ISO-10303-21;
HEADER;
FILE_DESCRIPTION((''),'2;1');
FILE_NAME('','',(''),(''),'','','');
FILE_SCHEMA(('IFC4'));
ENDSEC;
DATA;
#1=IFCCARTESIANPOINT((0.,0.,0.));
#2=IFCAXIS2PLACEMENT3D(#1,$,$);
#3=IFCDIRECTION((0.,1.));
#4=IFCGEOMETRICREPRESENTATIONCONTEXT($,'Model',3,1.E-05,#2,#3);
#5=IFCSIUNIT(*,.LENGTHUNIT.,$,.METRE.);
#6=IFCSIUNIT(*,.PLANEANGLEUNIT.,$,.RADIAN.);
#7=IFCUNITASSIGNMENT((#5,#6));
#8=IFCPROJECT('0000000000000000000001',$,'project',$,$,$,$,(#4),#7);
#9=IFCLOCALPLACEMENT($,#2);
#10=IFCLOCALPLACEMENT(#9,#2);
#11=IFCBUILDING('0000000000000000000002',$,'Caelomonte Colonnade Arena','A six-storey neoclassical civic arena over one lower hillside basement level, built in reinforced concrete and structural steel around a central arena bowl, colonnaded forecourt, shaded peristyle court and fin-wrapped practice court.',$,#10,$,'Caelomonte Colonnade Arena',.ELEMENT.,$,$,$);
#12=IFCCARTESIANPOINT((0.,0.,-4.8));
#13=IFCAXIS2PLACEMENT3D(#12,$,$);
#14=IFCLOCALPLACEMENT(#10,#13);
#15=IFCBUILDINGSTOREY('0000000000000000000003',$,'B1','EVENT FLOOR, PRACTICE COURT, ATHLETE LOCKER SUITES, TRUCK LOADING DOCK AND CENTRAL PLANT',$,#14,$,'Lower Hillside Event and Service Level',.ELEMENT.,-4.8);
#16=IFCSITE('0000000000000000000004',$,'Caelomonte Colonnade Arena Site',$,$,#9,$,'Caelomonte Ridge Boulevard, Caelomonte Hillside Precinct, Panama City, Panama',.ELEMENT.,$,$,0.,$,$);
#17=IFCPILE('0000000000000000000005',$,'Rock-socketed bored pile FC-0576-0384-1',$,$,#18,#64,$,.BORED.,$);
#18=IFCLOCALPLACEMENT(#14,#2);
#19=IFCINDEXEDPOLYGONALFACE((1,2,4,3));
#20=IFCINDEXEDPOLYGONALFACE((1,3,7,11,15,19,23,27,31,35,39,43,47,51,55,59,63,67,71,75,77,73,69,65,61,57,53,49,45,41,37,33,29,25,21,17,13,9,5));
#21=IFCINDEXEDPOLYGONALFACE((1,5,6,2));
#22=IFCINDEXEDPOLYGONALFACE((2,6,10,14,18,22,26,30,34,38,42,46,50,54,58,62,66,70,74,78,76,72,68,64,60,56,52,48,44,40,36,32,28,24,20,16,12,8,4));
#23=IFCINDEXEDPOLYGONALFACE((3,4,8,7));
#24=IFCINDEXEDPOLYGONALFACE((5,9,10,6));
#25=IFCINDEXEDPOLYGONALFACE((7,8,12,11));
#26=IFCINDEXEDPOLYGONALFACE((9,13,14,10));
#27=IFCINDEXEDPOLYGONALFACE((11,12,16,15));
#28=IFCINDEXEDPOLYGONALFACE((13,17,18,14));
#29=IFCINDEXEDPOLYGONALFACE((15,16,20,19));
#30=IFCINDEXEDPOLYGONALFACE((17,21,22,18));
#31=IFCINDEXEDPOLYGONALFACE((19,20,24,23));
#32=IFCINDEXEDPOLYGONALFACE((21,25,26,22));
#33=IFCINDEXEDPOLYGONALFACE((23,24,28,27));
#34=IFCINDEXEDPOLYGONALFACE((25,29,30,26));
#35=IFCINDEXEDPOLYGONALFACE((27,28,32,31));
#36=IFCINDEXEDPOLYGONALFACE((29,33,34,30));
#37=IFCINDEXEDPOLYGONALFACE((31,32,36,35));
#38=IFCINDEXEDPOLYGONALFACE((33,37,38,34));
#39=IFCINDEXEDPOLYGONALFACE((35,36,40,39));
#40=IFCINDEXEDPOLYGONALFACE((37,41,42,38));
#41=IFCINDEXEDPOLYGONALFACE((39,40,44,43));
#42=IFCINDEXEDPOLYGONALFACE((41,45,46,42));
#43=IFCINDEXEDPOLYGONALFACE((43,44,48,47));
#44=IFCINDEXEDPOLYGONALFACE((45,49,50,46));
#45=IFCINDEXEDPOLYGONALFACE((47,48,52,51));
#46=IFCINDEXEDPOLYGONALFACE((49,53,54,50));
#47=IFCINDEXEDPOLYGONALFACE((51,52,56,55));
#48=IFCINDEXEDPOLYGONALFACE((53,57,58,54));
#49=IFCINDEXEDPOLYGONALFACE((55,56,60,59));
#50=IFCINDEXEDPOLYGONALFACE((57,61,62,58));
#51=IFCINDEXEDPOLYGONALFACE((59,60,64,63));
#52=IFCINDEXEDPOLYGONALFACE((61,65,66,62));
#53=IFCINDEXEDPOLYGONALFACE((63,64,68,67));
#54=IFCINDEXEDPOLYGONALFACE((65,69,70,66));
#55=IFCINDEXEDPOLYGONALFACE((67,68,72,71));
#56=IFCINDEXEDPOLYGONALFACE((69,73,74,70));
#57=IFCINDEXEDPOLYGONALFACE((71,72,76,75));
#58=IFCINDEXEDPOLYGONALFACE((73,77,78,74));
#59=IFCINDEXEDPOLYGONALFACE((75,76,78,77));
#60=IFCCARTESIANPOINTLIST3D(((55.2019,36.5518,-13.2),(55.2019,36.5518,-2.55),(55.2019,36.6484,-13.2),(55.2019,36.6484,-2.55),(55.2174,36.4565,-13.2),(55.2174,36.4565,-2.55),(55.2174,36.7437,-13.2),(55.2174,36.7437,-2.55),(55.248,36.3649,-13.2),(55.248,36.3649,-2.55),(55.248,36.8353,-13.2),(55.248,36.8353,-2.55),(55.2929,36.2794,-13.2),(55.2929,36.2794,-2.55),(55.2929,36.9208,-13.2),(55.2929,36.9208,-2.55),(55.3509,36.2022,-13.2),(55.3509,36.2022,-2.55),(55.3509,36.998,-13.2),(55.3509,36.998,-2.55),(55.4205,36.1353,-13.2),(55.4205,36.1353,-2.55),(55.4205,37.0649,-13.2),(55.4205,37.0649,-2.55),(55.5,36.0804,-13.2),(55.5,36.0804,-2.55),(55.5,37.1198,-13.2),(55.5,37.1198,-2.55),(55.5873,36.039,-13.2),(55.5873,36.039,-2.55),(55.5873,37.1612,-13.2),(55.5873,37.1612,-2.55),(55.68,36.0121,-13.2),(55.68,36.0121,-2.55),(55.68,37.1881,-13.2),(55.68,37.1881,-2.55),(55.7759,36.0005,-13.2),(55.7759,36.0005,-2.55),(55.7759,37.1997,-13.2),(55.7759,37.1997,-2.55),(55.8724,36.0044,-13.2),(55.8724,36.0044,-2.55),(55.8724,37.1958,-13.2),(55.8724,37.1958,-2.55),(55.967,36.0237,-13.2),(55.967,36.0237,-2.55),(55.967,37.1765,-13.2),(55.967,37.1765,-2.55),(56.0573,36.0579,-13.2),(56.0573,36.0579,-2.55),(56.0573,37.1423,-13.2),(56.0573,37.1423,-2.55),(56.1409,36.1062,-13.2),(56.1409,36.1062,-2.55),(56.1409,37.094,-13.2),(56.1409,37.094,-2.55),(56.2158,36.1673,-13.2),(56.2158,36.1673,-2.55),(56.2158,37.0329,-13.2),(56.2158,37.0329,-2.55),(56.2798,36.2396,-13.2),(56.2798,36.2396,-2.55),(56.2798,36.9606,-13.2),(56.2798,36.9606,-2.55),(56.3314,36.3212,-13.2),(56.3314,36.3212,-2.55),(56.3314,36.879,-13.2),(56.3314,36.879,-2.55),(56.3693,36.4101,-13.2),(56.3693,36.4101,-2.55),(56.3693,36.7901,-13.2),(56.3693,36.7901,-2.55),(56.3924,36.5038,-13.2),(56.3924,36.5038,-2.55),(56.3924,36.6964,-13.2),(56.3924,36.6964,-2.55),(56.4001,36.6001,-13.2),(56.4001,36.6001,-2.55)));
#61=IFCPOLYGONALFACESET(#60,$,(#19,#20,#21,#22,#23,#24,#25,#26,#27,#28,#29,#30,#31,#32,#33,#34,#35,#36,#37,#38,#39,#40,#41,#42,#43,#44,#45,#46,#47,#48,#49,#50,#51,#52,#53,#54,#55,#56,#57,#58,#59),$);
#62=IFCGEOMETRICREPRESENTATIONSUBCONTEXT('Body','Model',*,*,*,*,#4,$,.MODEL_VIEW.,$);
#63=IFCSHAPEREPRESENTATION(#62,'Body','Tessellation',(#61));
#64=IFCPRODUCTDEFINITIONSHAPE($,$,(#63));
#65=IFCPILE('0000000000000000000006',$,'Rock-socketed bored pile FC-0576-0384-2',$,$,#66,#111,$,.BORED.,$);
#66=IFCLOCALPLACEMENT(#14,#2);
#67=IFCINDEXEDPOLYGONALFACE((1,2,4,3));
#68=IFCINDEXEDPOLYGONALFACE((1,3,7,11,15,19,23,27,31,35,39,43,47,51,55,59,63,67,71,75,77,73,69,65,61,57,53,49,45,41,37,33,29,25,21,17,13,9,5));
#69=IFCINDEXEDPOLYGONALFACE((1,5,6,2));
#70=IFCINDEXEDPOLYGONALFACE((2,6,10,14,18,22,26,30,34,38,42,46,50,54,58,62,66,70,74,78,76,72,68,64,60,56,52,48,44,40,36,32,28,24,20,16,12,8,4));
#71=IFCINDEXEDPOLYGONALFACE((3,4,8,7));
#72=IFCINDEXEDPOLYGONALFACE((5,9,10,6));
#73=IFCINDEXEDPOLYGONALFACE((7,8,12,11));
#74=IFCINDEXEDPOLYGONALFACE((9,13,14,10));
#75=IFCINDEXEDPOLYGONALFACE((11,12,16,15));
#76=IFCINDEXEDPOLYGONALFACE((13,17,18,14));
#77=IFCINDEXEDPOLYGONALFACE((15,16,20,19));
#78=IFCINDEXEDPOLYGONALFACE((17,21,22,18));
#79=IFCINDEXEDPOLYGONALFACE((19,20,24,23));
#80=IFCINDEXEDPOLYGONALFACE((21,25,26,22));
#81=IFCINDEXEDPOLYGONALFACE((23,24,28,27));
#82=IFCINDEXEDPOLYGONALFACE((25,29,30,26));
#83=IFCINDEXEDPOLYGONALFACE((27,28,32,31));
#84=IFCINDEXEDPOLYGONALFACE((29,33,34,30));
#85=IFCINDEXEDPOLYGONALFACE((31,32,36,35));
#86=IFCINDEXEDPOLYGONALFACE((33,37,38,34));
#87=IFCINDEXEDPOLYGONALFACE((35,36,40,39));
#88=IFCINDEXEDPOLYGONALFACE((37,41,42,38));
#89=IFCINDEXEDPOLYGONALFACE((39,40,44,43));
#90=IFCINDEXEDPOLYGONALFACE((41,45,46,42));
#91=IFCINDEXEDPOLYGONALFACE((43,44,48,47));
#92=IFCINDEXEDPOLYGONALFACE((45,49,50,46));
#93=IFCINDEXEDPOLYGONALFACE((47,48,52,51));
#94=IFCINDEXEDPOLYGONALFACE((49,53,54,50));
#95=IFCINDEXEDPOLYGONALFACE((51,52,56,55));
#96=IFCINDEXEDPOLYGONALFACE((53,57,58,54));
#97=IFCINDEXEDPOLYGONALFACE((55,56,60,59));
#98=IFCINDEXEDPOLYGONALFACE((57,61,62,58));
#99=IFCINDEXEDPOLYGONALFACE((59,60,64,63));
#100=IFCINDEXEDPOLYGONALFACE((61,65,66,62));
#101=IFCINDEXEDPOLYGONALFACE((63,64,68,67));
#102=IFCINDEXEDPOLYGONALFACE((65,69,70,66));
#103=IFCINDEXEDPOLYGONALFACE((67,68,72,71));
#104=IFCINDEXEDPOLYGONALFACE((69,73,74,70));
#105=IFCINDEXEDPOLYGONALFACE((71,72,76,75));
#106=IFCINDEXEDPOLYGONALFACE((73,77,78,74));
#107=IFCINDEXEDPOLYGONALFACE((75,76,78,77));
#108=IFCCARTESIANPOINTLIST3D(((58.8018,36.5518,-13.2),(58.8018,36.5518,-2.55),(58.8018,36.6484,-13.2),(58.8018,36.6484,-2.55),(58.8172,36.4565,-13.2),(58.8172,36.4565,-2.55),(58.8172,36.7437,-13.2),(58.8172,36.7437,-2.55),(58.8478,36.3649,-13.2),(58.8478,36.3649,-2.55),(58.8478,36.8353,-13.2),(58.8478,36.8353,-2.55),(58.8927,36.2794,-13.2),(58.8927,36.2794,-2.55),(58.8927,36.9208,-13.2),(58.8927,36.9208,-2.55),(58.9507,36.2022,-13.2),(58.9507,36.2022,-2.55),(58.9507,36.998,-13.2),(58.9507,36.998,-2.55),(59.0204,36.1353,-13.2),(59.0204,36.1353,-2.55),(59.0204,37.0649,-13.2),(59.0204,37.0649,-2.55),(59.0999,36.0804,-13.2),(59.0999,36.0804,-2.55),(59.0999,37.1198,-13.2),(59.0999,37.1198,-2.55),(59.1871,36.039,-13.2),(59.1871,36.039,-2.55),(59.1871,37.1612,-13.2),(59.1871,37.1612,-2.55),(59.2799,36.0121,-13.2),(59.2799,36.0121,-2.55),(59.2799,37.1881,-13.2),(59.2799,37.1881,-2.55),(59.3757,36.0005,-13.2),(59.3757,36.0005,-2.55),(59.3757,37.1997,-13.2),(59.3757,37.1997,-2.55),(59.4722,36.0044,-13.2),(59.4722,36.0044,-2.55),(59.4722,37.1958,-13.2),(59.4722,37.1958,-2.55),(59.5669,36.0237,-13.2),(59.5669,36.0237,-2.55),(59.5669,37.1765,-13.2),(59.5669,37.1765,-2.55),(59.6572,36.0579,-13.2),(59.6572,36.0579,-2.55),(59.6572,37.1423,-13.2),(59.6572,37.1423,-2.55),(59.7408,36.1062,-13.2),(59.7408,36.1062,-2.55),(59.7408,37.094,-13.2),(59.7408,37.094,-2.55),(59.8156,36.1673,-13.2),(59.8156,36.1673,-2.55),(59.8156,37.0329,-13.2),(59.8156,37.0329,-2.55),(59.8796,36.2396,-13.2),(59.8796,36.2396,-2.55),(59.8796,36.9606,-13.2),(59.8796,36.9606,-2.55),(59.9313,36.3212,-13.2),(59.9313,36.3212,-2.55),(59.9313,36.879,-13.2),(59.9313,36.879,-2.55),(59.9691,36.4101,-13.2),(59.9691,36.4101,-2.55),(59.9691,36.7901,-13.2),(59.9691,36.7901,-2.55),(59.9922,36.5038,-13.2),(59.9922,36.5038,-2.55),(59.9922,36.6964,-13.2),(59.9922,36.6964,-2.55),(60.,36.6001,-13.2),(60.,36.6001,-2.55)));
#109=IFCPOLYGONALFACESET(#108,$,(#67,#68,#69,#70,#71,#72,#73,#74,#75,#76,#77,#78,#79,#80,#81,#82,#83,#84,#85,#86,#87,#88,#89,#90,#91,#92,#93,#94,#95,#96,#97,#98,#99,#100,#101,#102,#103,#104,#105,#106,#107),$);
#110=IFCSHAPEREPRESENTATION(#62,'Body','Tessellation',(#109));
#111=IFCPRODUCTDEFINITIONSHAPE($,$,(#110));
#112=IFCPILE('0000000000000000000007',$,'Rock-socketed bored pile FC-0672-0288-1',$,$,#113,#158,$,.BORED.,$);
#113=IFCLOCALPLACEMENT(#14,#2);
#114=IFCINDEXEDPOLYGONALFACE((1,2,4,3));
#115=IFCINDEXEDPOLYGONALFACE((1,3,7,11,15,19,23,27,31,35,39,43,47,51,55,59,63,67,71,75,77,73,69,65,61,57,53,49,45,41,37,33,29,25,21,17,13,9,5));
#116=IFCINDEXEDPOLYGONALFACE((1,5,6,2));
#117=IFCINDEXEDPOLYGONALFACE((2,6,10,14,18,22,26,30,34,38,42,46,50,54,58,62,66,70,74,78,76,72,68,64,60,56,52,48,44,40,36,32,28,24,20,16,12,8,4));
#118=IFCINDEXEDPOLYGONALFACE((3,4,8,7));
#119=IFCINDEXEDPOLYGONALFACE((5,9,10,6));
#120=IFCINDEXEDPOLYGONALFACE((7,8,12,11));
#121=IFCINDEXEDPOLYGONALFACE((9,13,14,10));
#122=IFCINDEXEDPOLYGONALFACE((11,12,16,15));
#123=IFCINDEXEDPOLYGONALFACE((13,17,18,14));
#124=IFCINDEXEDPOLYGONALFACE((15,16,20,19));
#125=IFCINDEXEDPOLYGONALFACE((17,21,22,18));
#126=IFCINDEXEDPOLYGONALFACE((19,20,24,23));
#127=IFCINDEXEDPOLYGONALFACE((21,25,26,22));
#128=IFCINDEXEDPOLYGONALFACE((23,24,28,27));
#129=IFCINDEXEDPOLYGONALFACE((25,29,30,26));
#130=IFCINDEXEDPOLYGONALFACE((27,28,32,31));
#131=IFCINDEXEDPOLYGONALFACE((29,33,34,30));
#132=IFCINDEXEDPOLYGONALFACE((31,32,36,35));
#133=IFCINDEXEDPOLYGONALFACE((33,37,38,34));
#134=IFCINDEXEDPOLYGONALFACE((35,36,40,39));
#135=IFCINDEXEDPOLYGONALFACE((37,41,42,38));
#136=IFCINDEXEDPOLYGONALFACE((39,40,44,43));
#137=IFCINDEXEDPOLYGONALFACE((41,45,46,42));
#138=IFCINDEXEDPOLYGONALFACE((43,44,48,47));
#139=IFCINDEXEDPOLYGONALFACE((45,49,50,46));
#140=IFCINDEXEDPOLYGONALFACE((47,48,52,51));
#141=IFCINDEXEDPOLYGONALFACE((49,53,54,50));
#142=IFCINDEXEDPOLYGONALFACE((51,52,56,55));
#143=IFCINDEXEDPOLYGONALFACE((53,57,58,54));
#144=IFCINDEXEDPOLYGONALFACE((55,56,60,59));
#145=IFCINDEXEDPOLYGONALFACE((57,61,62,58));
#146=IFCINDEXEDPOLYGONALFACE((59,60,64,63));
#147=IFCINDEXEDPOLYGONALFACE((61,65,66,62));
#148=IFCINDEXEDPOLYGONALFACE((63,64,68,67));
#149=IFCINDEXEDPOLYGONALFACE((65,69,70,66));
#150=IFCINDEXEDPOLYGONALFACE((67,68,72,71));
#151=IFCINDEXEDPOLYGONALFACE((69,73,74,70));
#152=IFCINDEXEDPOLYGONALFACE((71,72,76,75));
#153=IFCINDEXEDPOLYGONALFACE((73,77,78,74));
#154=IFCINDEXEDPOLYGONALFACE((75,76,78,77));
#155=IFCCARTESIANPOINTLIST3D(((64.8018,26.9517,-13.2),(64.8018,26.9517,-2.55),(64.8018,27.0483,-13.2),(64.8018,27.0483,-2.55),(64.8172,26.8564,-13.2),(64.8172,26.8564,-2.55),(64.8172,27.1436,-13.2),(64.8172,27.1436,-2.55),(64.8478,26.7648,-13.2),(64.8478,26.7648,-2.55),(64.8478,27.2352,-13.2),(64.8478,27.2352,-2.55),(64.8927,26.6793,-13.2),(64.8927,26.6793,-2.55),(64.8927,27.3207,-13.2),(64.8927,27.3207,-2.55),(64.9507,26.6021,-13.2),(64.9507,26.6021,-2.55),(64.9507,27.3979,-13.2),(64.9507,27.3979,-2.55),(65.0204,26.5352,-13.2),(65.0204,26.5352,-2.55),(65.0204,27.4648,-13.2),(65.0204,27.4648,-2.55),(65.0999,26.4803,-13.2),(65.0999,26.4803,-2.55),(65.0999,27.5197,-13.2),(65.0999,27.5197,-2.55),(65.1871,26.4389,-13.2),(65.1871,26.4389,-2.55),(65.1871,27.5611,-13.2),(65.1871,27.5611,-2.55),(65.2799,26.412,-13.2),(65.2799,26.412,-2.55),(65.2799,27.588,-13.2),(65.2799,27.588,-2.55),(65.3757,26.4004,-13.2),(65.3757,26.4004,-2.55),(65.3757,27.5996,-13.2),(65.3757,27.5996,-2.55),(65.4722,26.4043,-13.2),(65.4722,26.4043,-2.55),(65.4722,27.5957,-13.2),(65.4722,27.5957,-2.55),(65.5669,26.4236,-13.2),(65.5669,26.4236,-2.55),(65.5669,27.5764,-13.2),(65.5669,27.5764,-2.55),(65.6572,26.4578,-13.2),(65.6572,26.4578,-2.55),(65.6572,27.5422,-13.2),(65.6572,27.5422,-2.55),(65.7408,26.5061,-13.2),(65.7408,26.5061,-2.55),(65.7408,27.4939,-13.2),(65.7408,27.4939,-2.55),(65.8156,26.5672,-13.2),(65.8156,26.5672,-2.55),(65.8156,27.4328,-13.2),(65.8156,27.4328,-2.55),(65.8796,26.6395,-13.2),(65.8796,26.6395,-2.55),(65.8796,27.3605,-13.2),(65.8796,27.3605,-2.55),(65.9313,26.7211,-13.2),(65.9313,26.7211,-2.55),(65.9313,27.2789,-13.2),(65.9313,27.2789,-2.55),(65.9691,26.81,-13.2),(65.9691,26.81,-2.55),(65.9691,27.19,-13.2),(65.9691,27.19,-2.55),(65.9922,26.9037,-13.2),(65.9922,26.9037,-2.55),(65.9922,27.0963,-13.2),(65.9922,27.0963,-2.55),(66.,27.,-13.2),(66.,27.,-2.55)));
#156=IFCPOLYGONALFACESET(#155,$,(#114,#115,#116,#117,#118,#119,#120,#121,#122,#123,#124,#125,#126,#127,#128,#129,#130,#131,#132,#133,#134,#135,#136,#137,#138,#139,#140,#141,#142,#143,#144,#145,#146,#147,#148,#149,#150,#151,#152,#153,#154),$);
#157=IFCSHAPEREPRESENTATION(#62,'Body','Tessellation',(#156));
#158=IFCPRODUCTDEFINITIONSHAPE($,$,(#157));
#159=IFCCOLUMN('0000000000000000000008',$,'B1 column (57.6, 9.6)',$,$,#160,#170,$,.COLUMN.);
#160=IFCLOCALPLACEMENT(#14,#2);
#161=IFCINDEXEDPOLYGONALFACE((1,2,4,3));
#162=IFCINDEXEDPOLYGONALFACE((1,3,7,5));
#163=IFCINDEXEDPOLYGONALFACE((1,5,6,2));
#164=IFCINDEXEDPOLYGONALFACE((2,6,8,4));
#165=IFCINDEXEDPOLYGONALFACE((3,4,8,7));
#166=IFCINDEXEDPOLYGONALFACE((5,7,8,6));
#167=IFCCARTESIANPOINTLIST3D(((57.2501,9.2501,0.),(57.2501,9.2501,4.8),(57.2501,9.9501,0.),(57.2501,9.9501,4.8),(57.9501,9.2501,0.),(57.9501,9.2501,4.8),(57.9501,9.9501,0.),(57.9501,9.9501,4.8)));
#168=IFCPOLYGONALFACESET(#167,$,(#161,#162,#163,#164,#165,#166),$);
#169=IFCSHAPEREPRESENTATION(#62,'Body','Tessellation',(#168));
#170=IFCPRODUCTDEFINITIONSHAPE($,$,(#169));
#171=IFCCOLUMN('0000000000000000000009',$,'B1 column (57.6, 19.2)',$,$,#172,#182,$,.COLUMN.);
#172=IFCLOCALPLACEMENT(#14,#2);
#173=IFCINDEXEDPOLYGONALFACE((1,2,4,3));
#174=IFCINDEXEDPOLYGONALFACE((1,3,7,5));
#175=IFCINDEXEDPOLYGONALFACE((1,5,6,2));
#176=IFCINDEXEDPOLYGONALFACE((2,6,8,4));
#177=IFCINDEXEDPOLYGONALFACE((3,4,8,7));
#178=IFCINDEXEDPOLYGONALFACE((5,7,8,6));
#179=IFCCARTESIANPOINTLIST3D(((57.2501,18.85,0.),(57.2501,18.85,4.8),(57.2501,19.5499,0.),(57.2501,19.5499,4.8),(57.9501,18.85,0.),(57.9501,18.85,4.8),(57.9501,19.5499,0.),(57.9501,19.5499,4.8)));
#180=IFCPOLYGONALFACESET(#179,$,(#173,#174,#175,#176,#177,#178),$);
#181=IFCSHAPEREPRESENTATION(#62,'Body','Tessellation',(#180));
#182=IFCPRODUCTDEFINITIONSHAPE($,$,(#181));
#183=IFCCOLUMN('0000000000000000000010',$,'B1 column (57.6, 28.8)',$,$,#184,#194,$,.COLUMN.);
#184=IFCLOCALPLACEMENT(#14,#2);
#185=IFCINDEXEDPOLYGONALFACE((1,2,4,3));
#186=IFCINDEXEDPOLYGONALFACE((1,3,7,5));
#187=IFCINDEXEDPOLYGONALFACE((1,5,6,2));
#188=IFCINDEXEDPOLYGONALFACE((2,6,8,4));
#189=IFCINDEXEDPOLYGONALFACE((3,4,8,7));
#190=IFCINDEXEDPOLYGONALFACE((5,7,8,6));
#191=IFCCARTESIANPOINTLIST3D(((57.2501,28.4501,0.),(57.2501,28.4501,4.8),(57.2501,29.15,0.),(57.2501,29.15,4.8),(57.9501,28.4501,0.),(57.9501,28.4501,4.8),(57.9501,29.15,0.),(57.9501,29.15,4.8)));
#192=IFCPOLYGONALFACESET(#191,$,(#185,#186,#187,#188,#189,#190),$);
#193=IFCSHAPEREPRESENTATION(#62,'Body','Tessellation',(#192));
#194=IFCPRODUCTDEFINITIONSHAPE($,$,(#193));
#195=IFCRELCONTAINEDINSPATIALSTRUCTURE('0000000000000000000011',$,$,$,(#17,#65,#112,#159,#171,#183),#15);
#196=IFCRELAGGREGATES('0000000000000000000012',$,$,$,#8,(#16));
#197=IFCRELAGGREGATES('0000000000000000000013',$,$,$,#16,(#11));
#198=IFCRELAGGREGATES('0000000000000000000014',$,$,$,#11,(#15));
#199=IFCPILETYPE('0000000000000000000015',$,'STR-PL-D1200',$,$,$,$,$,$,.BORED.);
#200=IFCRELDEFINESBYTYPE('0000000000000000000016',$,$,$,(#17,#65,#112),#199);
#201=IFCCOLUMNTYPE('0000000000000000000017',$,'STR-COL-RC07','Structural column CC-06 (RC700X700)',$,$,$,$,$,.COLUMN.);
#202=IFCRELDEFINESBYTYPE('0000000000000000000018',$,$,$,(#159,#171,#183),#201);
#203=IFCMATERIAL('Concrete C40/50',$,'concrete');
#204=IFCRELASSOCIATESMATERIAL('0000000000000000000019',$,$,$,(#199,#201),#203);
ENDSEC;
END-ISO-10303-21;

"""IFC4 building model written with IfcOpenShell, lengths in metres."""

from ifc_helpers import new_model, si_unit, direction, frame, origin, origin_2d, place, context, subcontext, project, spatial, rectangle, circle, extrude, material, material_profile, profile_set, type_object, element, save


model = new_model("IFC4")

# Units and contexts
model_context = context("Model", 3, precision=1e-05, world=origin(), true_north=direction((0.0, 1.0)))
body_context = subcontext(model_context, "Body", "Model", "MODEL_VIEW")
ifc_project = project(units=[si_unit("LENGTHUNIT", "METRE"), si_unit("PLANEANGLEUNIT", "RADIAN")], contexts=[model_context])

# Site, building, storey
site_placement = place(None, origin())
site = spatial("IfcSite", under=ifc_project, at=site_placement, Name="Caelomonte Colonnade Arena Site", LongName="Caelomonte Ridge Boulevard, Caelomonte Hillside Precinct, Panama City, Panama", CompositionType="ELEMENT", RefElevation=0.0)
building_placement = place(site_placement, origin())
building = spatial("IfcBuilding", under=site, at=building_placement, Name="Caelomonte Colonnade Arena", Description="A six-storey neoclassical civic arena over one lower hillside basement level, built in reinforced concrete and structural steel around a central arena bowl, colonnaded forecourt, shaded peristyle court and fin-wrapped practice court.", LongName="Caelomonte Colonnade Arena", CompositionType="ELEMENT")
storey_placement = place(building_placement, frame((0.0, 0.0, -4.8)))
storey = spatial("IfcBuildingStorey", under=building, at=storey_placement, Name="B1", Description="EVENT FLOOR, PRACTICE COURT, ATHLETE LOCKER SUITES, TRUCK LOADING DOCK AND CENTRAL PLANT", LongName="Lower Hillside Event and Service Level", CompositionType="ELEMENT", Elevation=-4.8)

# Shared definitions
ifc_material_1 = material(Name="Concrete C40/50", Category="concrete")

# Piles
ifc_material_profile_1 = material_profile(ifc_material_1, circle(Radius=0.6001, at=origin_2d()), Name="PILE-D1200")
ifc_profile_set_1 = profile_set([ifc_material_profile_1], Name="Concrete C40/50")
pile_type_1 = type_object("IfcPileType", Name="STR-PL-D1200", PredefinedType="BORED", material=ifc_profile_set_1)
for number, where, z_axis, x_axis, name in (
    (1, (55.8, 36.6001, -2.55), (0.0, 0.0, -1.0), (1.0, 0.0, 0.0), "Rock-socketed bored pile FC-0576-0384-1"),
    (2, (59.3999, 36.6001, -2.55), (0.0, 0.0, -1.0), (1.0, 0.0, 0.0), "Rock-socketed bored pile FC-0576-0384-2"),
    (3, (65.3999, 27.0, -2.55), (0.0, 0.0, -1.0), (1.0, 0.0, 0.0), "Rock-socketed bored pile FC-0672-0288-1"),
):
    element("IfcPile", number, at=place(storey_placement, frame(where, z_axis=z_axis, x_axis=x_axis)), inside=storey, type_object=pile_type_1, Name=name, PredefinedType="BORED", context=body_context, shape_type="SweptSolid", body=[
        extrude(circle(Radius=0.6001, at=origin_2d()), origin(), (0.0, 0.0, 1.0), 10.6499),
    ])

# Columns
ifc_material_profile_2 = material_profile(ifc_material_1, rectangle(XDim=0.7, YDim=0.7, at=origin_2d()), Name="RC700X700")
ifc_profile_set_2 = profile_set([ifc_material_profile_2], Name="Concrete C40/50")
column_type_1 = type_object("IfcColumnType", Name="STR-COL-RC07", Description="Structural column CC-06 (RC700X700)", PredefinedType="COLUMN", material=ifc_profile_set_2)
for number, where, z_axis, x_axis, name in (
    (4, (57.6001, 9.6001, 0.0), (0.0, 0.0, 1.0), (1.0, 0.0, 0.0), "B1 column (57.6, 9.6)"),
    (5, (57.6001, 19.2, 0.0), (0.0, 0.0, 1.0), (1.0, 0.0, 0.0), "B1 column (57.6, 19.2)"),
    (6, (57.6001, 28.8, 0.0), (0.0, 0.0, 1.0), (1.0, 0.0, 0.0), "B1 column (57.6, 28.8)"),
):
    element("IfcColumn", number, at=place(storey_placement, frame(where, z_axis=z_axis, x_axis=x_axis)), inside=storey, type_object=column_type_1, Name=name, PredefinedType="COLUMN", context=body_context, shape_type="SweptSolid", body=[
        extrude(rectangle(XDim=0.7, YDim=0.7, at=origin_2d()), origin(), (0.0, 0.0, 1.0), 4.8),
    ])

save(model, "model.ifc")
